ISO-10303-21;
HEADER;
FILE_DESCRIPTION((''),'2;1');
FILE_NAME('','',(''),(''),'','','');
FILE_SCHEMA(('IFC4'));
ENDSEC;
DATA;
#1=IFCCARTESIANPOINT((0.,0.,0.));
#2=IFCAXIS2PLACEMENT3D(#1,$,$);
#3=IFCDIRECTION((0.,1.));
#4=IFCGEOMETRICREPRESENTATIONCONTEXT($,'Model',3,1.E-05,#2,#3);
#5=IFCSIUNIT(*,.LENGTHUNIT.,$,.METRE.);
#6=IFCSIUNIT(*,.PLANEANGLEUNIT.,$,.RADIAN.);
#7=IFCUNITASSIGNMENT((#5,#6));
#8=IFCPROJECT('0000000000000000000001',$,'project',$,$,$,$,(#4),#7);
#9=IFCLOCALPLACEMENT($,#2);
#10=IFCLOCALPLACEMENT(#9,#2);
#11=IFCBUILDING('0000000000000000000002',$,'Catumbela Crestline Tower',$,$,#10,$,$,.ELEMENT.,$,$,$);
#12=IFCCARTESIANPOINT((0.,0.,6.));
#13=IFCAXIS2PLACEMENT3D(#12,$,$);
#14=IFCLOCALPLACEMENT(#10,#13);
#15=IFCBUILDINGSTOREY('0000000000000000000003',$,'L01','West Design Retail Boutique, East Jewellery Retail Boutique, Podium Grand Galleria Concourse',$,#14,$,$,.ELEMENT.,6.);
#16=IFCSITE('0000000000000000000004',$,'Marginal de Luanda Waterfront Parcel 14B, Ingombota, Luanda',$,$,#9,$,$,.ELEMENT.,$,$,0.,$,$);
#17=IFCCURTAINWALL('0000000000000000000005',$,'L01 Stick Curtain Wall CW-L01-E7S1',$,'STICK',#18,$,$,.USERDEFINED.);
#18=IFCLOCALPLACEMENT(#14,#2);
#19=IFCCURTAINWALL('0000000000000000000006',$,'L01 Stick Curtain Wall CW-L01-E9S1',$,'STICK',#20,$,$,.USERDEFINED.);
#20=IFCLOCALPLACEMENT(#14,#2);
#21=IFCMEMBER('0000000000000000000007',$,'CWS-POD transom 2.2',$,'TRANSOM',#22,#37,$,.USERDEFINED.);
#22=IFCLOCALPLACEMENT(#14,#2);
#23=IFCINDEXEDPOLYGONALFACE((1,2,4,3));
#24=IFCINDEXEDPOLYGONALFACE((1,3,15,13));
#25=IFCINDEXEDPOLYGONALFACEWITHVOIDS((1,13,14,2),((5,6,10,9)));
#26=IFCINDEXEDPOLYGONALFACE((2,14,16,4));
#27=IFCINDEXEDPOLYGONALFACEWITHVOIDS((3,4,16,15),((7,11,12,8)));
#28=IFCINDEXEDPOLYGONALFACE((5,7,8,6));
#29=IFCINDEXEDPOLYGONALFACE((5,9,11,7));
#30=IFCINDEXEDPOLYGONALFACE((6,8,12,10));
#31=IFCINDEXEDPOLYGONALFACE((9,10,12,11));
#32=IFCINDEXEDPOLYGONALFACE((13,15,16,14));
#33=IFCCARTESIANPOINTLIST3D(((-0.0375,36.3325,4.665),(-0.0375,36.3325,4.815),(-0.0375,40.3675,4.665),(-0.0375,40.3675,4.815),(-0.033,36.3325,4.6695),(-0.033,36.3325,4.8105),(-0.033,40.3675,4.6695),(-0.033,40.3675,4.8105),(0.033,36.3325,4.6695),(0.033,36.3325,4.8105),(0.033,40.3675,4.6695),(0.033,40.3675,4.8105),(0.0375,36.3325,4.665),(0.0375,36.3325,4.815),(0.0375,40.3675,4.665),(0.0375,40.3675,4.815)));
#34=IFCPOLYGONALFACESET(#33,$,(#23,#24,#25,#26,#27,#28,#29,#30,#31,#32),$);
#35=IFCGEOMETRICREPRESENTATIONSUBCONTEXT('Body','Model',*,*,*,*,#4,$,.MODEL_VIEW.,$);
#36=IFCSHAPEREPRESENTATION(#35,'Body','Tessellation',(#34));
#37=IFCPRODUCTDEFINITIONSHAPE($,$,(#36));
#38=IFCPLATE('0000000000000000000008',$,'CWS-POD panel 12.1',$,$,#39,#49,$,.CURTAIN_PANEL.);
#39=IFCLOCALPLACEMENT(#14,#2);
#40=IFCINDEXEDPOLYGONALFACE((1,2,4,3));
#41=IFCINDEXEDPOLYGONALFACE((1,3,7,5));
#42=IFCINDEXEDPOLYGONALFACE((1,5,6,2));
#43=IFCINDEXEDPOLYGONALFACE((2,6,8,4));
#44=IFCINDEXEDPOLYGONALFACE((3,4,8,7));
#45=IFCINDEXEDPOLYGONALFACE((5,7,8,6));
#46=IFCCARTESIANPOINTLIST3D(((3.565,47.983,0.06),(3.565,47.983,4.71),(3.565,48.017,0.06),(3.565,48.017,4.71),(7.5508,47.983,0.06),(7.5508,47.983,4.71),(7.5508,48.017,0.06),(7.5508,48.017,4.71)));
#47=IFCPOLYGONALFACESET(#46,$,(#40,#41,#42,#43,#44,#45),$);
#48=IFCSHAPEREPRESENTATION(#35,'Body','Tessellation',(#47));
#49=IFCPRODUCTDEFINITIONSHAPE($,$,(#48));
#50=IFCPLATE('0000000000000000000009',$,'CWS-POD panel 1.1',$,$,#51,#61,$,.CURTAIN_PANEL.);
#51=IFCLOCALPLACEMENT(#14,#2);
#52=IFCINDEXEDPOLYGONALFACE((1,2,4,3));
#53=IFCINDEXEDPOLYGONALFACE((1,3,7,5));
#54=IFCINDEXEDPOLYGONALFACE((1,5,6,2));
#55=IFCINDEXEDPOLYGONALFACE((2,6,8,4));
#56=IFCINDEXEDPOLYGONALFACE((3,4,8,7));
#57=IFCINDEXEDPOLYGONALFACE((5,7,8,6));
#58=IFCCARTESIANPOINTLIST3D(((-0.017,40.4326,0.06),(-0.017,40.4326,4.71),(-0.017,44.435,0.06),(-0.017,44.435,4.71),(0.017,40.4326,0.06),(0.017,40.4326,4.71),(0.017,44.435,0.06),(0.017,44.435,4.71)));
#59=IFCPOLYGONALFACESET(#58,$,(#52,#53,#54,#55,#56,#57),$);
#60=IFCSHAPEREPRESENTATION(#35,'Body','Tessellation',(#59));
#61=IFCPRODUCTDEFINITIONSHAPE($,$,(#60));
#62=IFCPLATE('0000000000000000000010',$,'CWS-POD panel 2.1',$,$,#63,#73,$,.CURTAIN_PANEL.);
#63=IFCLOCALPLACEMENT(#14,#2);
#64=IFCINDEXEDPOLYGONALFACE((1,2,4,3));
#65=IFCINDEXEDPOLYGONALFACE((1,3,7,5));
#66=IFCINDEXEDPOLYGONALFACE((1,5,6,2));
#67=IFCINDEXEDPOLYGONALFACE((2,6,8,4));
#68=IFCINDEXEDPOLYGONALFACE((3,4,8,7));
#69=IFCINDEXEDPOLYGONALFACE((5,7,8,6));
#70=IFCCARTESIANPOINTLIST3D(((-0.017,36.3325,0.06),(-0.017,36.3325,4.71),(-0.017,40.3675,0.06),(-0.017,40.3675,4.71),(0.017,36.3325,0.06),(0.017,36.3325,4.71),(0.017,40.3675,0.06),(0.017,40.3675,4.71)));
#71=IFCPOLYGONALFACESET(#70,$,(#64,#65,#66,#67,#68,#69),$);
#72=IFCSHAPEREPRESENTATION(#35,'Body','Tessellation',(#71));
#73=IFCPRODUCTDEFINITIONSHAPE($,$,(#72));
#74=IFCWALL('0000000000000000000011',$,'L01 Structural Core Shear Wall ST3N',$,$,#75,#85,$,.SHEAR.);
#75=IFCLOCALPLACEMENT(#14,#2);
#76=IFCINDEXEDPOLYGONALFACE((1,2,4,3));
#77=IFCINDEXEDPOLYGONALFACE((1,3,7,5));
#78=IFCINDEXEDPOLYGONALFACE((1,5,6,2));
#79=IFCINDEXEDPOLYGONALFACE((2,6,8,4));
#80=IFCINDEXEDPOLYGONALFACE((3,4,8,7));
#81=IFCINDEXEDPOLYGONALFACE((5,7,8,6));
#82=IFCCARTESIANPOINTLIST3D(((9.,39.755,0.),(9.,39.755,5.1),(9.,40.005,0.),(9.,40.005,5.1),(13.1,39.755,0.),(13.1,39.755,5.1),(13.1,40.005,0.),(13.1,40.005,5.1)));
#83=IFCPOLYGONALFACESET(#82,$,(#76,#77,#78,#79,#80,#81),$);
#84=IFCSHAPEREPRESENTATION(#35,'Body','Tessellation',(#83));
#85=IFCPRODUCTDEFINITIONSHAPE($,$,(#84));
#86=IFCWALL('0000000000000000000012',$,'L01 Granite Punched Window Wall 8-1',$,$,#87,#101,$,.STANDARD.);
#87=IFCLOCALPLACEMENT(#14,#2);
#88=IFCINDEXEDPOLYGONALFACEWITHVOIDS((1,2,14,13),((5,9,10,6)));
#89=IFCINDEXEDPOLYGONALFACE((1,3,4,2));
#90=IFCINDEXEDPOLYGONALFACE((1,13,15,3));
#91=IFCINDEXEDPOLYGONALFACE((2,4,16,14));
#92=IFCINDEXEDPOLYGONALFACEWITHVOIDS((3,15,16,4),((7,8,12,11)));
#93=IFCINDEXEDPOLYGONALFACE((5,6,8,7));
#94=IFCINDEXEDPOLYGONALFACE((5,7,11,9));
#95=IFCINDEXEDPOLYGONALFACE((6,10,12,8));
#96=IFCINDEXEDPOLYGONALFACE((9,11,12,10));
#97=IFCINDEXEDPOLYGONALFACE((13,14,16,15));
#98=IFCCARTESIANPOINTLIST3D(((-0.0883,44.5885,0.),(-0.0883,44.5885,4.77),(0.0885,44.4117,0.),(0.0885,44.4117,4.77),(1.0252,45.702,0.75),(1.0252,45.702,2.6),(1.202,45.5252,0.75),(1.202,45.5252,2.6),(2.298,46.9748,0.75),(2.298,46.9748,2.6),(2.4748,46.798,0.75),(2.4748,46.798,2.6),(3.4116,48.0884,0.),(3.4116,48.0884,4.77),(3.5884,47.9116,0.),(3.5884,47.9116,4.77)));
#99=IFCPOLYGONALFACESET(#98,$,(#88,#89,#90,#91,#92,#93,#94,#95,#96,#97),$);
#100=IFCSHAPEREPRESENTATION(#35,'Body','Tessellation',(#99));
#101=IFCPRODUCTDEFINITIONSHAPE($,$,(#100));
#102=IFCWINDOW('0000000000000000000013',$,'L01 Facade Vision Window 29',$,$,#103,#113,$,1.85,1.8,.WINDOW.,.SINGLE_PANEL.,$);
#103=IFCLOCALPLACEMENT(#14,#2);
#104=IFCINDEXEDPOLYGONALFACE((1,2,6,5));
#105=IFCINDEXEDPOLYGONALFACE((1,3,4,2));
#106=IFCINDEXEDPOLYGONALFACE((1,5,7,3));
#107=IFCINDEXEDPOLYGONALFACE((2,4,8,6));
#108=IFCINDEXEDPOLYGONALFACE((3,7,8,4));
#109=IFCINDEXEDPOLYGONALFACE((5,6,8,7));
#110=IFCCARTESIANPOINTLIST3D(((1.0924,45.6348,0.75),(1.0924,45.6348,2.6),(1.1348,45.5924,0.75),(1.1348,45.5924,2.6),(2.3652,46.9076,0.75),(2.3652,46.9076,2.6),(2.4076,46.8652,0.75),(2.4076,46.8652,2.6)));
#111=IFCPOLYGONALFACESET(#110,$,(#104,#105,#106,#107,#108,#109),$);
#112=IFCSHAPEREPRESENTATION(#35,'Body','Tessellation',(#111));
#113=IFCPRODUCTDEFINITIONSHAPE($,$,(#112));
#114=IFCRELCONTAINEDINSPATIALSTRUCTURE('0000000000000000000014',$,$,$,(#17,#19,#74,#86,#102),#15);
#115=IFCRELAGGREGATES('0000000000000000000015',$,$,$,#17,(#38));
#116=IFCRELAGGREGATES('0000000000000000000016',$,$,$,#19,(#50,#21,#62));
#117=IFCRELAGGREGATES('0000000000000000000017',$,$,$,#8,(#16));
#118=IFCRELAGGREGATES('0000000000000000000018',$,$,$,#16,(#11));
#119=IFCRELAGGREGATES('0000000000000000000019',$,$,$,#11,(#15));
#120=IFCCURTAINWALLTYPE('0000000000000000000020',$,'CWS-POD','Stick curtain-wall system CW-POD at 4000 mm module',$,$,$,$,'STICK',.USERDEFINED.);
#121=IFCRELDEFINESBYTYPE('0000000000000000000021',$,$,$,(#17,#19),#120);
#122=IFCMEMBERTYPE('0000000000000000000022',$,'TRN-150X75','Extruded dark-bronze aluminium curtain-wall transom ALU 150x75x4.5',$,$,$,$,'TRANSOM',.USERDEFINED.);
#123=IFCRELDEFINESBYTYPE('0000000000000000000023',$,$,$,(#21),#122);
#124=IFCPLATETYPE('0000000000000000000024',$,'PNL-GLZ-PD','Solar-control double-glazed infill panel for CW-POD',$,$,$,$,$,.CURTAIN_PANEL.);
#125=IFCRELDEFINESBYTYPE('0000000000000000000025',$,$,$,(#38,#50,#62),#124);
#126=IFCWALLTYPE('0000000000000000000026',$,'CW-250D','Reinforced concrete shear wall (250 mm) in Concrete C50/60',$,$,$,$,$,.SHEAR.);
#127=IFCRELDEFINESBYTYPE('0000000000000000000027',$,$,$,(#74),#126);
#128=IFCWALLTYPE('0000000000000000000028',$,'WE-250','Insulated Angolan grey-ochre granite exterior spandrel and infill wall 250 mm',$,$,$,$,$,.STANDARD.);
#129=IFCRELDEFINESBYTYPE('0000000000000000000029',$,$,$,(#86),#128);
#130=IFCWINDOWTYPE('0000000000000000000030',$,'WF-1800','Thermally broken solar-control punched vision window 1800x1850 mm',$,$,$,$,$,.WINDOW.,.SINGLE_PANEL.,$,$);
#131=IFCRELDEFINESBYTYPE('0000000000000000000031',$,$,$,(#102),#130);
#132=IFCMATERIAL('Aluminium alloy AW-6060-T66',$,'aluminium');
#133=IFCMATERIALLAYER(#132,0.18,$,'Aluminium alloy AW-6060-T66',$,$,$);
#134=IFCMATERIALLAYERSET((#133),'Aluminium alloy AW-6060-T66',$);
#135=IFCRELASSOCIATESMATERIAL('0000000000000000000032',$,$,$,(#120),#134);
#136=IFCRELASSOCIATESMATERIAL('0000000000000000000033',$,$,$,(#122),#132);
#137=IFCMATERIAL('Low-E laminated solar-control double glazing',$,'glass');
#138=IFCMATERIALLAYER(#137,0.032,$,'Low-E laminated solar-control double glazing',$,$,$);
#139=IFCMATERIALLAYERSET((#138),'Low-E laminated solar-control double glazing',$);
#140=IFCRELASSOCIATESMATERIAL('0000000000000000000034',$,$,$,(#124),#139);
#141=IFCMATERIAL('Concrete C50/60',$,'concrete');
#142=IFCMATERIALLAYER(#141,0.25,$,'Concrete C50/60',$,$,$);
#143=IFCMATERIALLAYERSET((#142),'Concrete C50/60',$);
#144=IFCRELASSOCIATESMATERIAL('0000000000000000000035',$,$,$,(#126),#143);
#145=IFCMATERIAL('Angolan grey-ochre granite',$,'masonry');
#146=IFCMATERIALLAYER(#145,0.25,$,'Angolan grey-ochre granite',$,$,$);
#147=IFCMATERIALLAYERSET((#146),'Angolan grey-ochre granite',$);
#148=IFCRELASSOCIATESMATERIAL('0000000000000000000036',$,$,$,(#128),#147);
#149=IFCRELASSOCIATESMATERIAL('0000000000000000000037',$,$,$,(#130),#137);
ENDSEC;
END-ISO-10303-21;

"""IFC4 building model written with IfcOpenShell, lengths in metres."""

from ifc_helpers import new_model, si_unit, direction, frame, frame_2d, origin, origin_2d, place, context, subcontext, project, spatial, rectangle, hollow_rectangle, extrude, material, layer, layer_set, material_profile, profile_set, type_object, element, fill, aggregate, save


model = new_model("IFC4")

# Units and contexts
model_context = context("Model", 3, precision=1e-05, world=origin(), true_north=direction((0.0, 1.0)))
body_context = subcontext(model_context, "Body", "Model", "MODEL_VIEW")
ifc_project = project(units=[si_unit("LENGTHUNIT", "METRE"), si_unit("PLANEANGLEUNIT", "RADIAN")], contexts=[model_context])

# Site, building, storey
site_placement = place(None, origin())
site = spatial("IfcSite", under=ifc_project, at=site_placement, Name="Marginal de Luanda Waterfront Parcel 14B, Ingombota, Luanda", CompositionType="ELEMENT", RefElevation=0.0)
building_placement = place(site_placement, origin())
building = spatial("IfcBuilding", under=site, at=building_placement, Name="Catumbela Crestline Tower", CompositionType="ELEMENT")
storey_placement = place(building_placement, frame((0.0, 0.0, 6.0)))
storey = spatial("IfcBuildingStorey", under=building, at=storey_placement, Name="L01", Description="West Design Retail Boutique, East Jewellery Retail Boutique, Podium Grand Galleria Concourse", CompositionType="ELEMENT", Elevation=6.0)

# Curtain walls
ifc_material_1 = material(Name="Aluminium alloy AW-6060-T66", Category="aluminium")
ifc_layer_1 = layer(ifc_material_1, 0.18, Name="Aluminium alloy AW-6060-T66")
ifc_layer_set_1 = layer_set([ifc_layer_1], Name="Aluminium alloy AW-6060-T66")
curtain_wall_type = type_object("IfcCurtainWallType", Name="CWS-POD", Description="Stick curtain-wall system CW-POD at 4000 mm module", ElementType="STICK", PredefinedType="USERDEFINED", material=ifc_layer_set_1)
curtain_wall_1_placement = place(storey_placement, origin())
curtain_wall_1 = element("IfcCurtainWall", 1, at=curtain_wall_1_placement, inside=storey, type_object=curtain_wall_type, Name="L01 Stick Curtain Wall CW-L01-E7S1", ObjectType="STICK", PredefinedType="USERDEFINED")
curtain_wall_2_placement = place(storey_placement, origin())
curtain_wall_2 = element("IfcCurtainWall", 2, at=curtain_wall_2_placement, inside=storey, type_object=curtain_wall_type, Name="L01 Stick Curtain Wall CW-L01-E9S1", ObjectType="STICK", PredefinedType="USERDEFINED")

# Member
ifc_material_profile_1 = material_profile(ifc_material_1, hollow_rectangle(XDim=0.075, YDim=0.15, WallThickness=0.0045, at=origin_2d()), Name="ALU 150x75x4.5")
ifc_profile_set_1 = profile_set([ifc_material_profile_1], Name="Aluminium alloy AW-6060-T66")
member_type_1 = type_object("IfcMemberType", Name="TRN-150X75", Description="Extruded dark-bronze aluminium curtain-wall transom ALU 150x75x4.5", ElementType="TRANSOM", PredefinedType="USERDEFINED", material=ifc_profile_set_1)
member_1_placement = place(storey_placement, frame((0.0, 40.3675, 4.74), z_axis=(0.0, -1.0, 0.0), x_axis=(1.0, 0.0, 0.0)))
member_1 = element("IfcMember", 3, at=member_1_placement, type_object=member_type_1, Name="CWS-POD transom 2.2", ObjectType="TRANSOM", PredefinedType="USERDEFINED", context=body_context, shape_type="SweptSolid", body=[
    extrude(hollow_rectangle(XDim=0.075, YDim=0.15, WallThickness=0.0045, at=origin_2d()), origin(), (0.0, 0.0, 1.0), 4.035),
])

# Plates
ifc_material_2 = material(Name="Low-E laminated solar-control double glazing", Category="glass")
ifc_layer_2 = layer(ifc_material_2, 0.032, Name="Low-E laminated solar-control double glazing")
ifc_layer_set_2 = layer_set([ifc_layer_2], Name="Low-E laminated solar-control double glazing")
plate_type = type_object("IfcPlateType", Name="PNL-GLZ-PD", Description="Solar-control double-glazed infill panel for CW-POD", PredefinedType="CURTAIN_PANEL", material=ifc_layer_set_2)
plate_1_placement = place(storey_placement, frame((5.5579, 48.0, 0.06), z_axis=(0.0, 0.0, 1.0), x_axis=(-1.0, 0.0, 0.0)))
plate_1 = element("IfcPlate", 4, at=plate_1_placement, type_object=plate_type, Name="CWS-POD panel 12.1", PredefinedType="CURTAIN_PANEL", context=body_context, shape_type="SweptSolid", body=[
    extrude(rectangle(XDim=3.9858, YDim=0.034, at=origin_2d()), origin(), (0.0, 0.0, 1.0), 4.65),
])
aggregate(curtain_wall_1, [plate_1])
plate_2_placement = place(storey_placement, frame((0.0, 42.4338, 0.06), z_axis=(0.0, 0.0, 1.0), x_axis=(0.0, -1.0, 0.0)))
plate_2 = element("IfcPlate", 5, at=plate_2_placement, type_object=plate_type, Name="CWS-POD panel 1.1", PredefinedType="CURTAIN_PANEL", context=body_context, shape_type="SweptSolid", body=[
    extrude(rectangle(XDim=4.0025, YDim=0.034, at=origin_2d()), origin(), (0.0, 0.0, 1.0), 4.65),
])
plate_3_placement = place(storey_placement, frame((0.0, 38.35, 0.06), z_axis=(0.0, 0.0, 1.0), x_axis=(0.0, -1.0, 0.0)))
plate_3 = element("IfcPlate", 6, at=plate_3_placement, type_object=plate_type, Name="CWS-POD panel 2.1", PredefinedType="CURTAIN_PANEL", context=body_context, shape_type="SweptSolid", body=[
    extrude(rectangle(XDim=4.035, YDim=0.034, at=origin_2d()), origin(), (0.0, 0.0, 1.0), 4.65),
])
aggregate(curtain_wall_2, [plate_2, member_1, plate_3])

# Wall
ifc_material_3 = material(Name="Concrete C50/60", Category="concrete")
ifc_layer_3 = layer(ifc_material_3, 0.25, Name="Concrete C50/60")
ifc_layer_set_3 = layer_set([ifc_layer_3], Name="Concrete C50/60")
wall_type_1 = type_object("IfcWallType", Name="CW-250D", Description="Reinforced concrete shear wall (250 mm) in Concrete C50/60", PredefinedType="SHEAR", material=ifc_layer_set_3)
wall_1_placement = place(storey_placement, frame((9.0, 39.88, 0.0), z_axis=(0.0, 0.0, 1.0), x_axis=(1.0, 0.0, 0.0)))
element("IfcWall", 7, at=wall_1_placement, inside=storey, type_object=wall_type_1, Name="L01 Structural Core Shear Wall ST3N", PredefinedType="SHEAR", context=body_context, shape_type="SweptSolid", body=[
    extrude(rectangle(XDim=4.1, YDim=0.25, at=frame_2d((2.05, 0.0))), origin(), (0.0, 0.0, 1.0), 5.1),
])

# Wall, opening, window
ifc_material_4 = material(Name="Angolan grey-ochre granite", Category="masonry")
ifc_layer_4 = layer(ifc_material_4, 0.25, Name="Angolan grey-ochre granite")
ifc_layer_set_4 = layer_set([ifc_layer_4], Name="Angolan grey-ochre granite")
wall_type_2 = type_object("IfcWallType", Name="WE-250", Description="Insulated Angolan grey-ochre granite exterior spandrel and infill wall 250 mm", PredefinedType="STANDARD", material=ifc_layer_set_4)
wall_2_placement = place(storey_placement, frame((3.5, 48.0, 0.0), z_axis=(0.0, 0.0, 1.0), x_axis=(-0.707107, -0.707107, 0.0)))
wall_2 = element("IfcWall", 8, at=wall_2_placement, inside=storey, type_object=wall_type_2, Name="L01 Granite Punched Window Wall 8-1", PredefinedType="STANDARD", context=body_context, shape_type="SweptSolid", body=[
    extrude(rectangle(XDim=4.9497, YDim=0.25, at=frame_2d((2.4748, 0.0))), origin(), (0.0, 0.0, 1.0), 4.77),
])
opening_placement = place(wall_2_placement, frame((1.5749, 0.0, 0.75)))
opening = element("IfcOpeningElement", 9, at=opening_placement, cuts=wall_2, PredefinedType="OPENING", context=body_context, shape_type="SweptSolid", body=[
    extrude(rectangle(XDim=1.8, YDim=1.85, at=frame_2d((0.9, 0.925))), frame((0.0, 0.135, 0.0), z_axis=(0.0, -1.0, 0.0), x_axis=(1.0, 0.0, 0.0)), (0.0, 0.0, 1.0), 0.27),
])
window_type = type_object("IfcWindowType", Name="WF-1800", Description="Thermally broken solar-control punched vision window 1800x1850 mm", PartitioningType="SINGLE_PANEL", PredefinedType="WINDOW", material=ifc_material_2)
window_placement = place(opening_placement, origin())
window = element("IfcWindow", 10, at=window_placement, inside=storey, type_object=window_type, Name="L01 Facade Vision Window 29", OverallHeight=1.85, OverallWidth=1.8, PartitioningType="SINGLE_PANEL", PredefinedType="WINDOW", context=body_context, shape_type="SweptSolid", body=[
    extrude(rectangle(XDim=1.8, YDim=1.85, at=frame_2d((0.9, 0.925))), frame((0.0, 0.03, 0.0), z_axis=(0.0, -1.0, 0.0), x_axis=(1.0, 0.0, 0.0)), (0.0, 0.0, 1.0), 0.06),
])
fill(opening, window)

save(model, "model.ifc")
